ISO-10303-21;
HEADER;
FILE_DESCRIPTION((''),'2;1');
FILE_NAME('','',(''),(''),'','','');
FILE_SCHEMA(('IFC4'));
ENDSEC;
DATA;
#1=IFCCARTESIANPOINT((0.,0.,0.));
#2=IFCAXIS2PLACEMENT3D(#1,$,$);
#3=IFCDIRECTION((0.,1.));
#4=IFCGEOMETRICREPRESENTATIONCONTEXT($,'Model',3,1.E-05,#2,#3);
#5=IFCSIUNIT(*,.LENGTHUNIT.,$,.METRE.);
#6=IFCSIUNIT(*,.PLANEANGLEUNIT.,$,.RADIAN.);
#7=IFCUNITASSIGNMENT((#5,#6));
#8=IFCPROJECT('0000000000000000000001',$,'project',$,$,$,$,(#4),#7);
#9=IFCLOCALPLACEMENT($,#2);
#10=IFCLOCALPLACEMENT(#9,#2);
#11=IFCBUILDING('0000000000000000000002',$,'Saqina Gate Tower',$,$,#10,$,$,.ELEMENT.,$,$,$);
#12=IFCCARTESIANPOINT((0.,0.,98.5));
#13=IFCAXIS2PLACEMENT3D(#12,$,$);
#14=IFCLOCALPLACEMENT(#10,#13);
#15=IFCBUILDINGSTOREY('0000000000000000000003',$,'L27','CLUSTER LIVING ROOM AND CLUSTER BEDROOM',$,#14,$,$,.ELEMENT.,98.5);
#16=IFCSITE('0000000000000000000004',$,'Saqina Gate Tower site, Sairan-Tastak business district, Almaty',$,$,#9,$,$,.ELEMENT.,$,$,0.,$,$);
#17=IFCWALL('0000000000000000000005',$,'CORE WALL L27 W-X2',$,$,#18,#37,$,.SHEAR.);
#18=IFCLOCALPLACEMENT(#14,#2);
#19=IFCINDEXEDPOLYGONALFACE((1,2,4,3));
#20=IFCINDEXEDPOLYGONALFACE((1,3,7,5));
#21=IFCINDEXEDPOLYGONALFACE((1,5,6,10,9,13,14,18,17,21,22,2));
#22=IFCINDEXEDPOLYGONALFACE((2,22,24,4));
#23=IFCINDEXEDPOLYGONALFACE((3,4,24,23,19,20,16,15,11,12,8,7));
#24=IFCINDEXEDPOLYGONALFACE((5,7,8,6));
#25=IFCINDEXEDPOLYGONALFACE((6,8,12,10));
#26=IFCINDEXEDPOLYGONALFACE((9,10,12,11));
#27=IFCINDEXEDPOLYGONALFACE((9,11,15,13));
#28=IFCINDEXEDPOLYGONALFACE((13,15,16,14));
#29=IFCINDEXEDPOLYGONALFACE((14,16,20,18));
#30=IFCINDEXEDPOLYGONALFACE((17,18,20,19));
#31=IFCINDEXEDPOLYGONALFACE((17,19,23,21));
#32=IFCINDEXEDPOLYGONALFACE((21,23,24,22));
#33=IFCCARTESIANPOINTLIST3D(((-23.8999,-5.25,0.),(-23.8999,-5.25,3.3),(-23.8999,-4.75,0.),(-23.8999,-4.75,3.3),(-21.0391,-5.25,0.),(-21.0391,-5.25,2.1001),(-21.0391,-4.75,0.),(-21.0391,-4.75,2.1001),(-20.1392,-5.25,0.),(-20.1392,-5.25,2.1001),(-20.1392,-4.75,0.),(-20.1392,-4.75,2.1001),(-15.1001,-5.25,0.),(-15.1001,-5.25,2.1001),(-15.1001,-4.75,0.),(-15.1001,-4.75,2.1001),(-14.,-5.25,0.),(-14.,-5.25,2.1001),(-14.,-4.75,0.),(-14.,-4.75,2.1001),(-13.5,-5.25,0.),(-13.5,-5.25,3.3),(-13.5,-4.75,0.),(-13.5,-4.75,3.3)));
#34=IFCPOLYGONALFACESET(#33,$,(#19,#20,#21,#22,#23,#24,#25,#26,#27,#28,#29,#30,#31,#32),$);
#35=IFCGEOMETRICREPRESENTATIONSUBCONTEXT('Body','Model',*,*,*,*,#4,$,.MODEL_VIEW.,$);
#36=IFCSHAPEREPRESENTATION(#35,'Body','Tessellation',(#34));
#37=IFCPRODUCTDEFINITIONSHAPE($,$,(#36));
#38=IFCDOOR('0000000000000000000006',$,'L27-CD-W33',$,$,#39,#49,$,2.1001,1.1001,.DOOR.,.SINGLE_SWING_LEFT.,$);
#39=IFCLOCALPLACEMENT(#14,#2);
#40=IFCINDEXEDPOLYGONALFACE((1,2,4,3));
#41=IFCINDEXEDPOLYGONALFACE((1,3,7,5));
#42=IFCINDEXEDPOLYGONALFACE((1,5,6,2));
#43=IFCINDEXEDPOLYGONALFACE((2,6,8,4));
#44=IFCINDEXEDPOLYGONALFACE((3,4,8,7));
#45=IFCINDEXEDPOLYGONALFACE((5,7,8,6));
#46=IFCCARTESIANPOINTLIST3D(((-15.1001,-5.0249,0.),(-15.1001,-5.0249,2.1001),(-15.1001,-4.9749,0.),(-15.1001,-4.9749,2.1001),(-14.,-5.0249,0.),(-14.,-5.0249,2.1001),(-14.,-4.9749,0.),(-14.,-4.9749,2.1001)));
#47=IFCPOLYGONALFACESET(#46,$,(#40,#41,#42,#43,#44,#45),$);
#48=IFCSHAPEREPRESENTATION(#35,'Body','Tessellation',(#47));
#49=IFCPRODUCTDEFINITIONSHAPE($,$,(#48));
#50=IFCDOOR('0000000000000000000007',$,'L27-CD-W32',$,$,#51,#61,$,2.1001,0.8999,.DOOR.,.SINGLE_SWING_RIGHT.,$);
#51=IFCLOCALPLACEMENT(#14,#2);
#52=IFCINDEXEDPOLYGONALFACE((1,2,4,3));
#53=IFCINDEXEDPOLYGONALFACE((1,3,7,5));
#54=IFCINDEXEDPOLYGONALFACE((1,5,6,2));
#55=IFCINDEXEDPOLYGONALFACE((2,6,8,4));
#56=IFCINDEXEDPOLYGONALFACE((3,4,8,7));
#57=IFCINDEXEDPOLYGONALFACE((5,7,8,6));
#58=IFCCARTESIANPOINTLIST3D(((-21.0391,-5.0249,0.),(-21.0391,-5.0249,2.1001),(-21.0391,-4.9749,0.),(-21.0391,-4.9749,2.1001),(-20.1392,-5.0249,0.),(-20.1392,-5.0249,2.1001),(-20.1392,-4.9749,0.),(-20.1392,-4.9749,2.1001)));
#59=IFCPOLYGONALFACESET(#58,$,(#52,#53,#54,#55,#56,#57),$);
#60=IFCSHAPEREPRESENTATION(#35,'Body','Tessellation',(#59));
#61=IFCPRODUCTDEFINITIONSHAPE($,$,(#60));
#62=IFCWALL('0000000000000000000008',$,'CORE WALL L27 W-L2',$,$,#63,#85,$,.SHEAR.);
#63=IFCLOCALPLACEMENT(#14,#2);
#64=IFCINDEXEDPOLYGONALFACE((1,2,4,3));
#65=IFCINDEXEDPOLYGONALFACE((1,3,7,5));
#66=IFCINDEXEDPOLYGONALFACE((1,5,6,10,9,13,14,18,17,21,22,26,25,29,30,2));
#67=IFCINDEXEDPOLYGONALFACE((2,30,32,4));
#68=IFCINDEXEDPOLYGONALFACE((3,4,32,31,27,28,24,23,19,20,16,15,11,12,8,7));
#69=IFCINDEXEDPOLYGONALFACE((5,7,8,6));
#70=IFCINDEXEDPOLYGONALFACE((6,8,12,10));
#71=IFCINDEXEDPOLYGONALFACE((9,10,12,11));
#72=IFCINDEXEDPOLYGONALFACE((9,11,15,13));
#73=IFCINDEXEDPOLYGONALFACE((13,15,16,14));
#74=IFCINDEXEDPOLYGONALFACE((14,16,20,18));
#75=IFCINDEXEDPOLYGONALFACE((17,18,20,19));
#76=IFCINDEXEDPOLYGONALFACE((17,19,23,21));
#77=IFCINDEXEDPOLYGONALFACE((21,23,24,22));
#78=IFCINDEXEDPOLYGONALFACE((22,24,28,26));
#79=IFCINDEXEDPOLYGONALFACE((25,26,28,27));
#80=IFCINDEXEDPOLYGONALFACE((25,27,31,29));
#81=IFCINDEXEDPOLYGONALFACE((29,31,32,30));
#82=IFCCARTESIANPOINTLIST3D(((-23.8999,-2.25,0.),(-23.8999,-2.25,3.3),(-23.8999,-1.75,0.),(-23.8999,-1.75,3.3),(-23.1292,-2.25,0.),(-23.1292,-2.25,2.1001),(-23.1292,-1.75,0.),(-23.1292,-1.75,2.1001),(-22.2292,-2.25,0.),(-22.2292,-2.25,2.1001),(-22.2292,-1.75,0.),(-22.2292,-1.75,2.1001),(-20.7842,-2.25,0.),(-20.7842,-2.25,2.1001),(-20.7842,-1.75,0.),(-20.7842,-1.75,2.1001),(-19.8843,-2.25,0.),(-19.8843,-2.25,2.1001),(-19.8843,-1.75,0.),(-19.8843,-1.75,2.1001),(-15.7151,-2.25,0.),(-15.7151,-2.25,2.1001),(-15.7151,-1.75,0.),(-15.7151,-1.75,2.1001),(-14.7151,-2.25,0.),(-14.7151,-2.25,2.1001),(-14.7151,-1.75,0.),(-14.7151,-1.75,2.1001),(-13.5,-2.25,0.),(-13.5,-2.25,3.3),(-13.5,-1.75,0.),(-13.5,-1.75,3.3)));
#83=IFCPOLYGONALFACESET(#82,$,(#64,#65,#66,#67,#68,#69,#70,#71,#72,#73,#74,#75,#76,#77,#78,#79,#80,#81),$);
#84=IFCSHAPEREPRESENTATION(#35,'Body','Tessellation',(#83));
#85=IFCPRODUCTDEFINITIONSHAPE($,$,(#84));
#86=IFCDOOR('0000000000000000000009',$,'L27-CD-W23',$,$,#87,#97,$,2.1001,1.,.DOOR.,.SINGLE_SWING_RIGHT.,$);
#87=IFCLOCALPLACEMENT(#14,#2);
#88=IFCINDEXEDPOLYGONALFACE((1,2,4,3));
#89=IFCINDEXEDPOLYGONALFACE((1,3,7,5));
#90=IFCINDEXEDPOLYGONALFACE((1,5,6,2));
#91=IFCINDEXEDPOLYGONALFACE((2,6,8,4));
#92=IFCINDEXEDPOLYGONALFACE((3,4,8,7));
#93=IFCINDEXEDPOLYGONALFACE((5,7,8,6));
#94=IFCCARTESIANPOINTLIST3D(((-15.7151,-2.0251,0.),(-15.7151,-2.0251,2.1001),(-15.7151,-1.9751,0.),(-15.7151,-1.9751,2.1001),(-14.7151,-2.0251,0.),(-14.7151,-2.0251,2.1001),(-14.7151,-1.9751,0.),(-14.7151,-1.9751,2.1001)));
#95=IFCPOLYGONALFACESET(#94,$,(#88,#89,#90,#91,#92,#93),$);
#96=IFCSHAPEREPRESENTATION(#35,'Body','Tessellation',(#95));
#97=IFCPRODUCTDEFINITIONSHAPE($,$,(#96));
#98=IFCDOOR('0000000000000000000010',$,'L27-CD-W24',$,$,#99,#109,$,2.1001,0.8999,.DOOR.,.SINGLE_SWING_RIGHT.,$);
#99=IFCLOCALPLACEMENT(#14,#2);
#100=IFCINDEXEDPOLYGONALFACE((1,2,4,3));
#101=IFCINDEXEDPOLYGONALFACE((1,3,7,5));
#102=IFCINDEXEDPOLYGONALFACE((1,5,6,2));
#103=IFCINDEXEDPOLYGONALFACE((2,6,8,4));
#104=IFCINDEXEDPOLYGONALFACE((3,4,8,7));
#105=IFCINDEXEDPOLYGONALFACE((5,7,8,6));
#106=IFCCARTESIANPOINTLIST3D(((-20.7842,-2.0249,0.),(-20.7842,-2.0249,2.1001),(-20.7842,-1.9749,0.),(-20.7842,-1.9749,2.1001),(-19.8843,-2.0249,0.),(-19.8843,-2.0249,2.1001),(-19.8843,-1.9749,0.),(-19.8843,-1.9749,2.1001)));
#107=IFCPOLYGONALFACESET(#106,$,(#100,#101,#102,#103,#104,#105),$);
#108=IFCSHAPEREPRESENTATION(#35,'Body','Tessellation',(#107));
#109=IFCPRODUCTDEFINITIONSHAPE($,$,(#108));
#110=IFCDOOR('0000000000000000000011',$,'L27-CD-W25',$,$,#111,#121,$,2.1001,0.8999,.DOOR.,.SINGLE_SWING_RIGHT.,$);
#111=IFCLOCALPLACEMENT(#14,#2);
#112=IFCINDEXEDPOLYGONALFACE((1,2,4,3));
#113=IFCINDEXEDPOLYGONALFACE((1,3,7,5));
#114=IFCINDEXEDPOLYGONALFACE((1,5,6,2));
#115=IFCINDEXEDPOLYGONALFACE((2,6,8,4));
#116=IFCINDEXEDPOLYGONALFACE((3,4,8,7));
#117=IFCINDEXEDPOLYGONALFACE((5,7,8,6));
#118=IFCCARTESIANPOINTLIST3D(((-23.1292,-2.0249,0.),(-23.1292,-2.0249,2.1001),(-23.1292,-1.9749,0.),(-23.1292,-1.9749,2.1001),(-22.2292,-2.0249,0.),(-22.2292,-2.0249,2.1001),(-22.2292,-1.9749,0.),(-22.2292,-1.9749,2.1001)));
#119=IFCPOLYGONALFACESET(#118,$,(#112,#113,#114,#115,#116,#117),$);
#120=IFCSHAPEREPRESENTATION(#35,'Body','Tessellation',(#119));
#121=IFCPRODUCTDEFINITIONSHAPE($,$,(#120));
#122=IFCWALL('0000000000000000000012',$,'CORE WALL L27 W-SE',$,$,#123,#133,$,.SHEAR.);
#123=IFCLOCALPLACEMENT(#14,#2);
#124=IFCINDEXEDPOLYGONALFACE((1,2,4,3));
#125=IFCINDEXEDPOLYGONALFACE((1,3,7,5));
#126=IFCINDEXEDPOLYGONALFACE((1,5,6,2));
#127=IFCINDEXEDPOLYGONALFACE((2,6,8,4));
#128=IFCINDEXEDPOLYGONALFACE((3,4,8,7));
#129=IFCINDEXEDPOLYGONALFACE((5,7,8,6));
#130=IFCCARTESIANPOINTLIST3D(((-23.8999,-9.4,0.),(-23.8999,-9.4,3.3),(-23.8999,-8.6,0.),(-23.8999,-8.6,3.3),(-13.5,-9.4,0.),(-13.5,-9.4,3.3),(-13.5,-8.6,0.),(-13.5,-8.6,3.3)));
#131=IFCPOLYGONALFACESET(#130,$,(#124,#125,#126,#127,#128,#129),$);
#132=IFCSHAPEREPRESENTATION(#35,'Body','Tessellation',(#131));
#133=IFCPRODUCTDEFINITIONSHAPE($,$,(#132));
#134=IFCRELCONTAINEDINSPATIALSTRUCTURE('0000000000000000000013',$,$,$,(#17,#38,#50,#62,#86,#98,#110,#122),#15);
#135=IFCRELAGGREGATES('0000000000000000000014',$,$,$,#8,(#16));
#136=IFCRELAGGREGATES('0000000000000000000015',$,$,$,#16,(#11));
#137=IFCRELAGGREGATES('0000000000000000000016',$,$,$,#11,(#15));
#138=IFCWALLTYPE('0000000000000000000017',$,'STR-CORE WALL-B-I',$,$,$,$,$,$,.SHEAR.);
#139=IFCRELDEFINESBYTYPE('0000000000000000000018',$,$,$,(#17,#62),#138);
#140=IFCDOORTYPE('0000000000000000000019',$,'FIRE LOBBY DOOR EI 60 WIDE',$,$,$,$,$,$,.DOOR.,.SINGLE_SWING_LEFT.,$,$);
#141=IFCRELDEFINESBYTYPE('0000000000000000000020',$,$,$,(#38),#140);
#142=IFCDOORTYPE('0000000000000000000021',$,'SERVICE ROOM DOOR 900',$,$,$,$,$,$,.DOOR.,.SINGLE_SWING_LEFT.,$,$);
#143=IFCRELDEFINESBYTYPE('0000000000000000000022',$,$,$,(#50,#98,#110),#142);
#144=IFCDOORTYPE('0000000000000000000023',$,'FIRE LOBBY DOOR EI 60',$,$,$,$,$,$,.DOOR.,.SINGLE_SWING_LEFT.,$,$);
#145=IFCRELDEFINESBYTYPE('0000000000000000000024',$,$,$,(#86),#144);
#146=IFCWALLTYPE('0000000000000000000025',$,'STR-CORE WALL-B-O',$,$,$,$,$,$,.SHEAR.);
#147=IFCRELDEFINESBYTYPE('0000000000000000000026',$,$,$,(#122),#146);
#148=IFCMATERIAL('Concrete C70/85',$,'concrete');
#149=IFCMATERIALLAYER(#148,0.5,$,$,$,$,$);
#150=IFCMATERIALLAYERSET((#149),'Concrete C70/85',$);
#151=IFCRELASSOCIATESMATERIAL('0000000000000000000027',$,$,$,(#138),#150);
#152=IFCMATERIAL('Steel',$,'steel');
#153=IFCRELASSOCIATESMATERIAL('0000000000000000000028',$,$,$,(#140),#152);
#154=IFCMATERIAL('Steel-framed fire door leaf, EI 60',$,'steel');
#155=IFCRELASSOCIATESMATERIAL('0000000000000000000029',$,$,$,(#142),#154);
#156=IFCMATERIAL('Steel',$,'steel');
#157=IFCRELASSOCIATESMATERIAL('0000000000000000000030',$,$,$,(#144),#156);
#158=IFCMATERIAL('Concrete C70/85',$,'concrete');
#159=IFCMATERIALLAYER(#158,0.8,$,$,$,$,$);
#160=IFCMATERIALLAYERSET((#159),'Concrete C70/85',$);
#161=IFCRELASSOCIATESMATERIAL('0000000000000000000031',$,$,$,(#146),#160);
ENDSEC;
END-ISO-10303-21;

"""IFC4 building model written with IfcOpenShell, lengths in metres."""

from ifc_helpers import new_model, si_unit, direction, frame, frame_2d, origin, place, context, subcontext, project, spatial, rectangle, extrude, material, layer, layer_set, type_object, element, fill, save


model = new_model("IFC4")

# Units and contexts
model_context = context("Model", 3, precision=1e-05, world=origin(), true_north=direction((0.0, 1.0)))
body_context = subcontext(model_context, "Body", "Model", "MODEL_VIEW")
ifc_project = project(units=[si_unit("LENGTHUNIT", "METRE"), si_unit("PLANEANGLEUNIT", "RADIAN")], contexts=[model_context])

# Site, building, storey
site_placement = place(None, origin())
site = spatial("IfcSite", under=ifc_project, at=site_placement, Name="Saqina Gate Tower site, Sairan-Tastak business district, Almaty", CompositionType="ELEMENT", RefElevation=0.0)
building_placement = place(site_placement, origin())
building = spatial("IfcBuilding", under=site, at=building_placement, Name="Saqina Gate Tower", CompositionType="ELEMENT")
storey_placement = place(building_placement, frame((0.0, 0.0, 98.5)))
storey = spatial("IfcBuildingStorey", under=building, at=storey_placement, Name="L27", Description="CLUSTER LIVING ROOM AND CLUSTER BEDROOM", CompositionType="ELEMENT", Elevation=98.5)

# Walls, openings, doors
ifc_material_1 = material(Name="Concrete C70/85", Category="concrete")
ifc_layer_1 = layer(ifc_material_1, 0.5)
ifc_layer_set_1 = layer_set([ifc_layer_1], Name="Concrete C70/85")
wall_type_1 = type_object("IfcWallType", Name="STR-CORE WALL-B-I", PredefinedType="SHEAR", material=ifc_layer_set_1)
wall_1_placement = place(storey_placement, frame((-13.5, -5.0, 0.0), z_axis=(0.0, 0.0, 1.0), x_axis=(-1.0, 0.0, 0.0)))
wall_1 = element("IfcWall", 1, at=wall_1_placement, inside=storey, type_object=wall_type_1, Name="CORE WALL L27 W-X2", PredefinedType="SHEAR", context=body_context, shape_type="SweptSolid", body=[
    extrude(rectangle(XDim=10.3999, YDim=0.5, at=frame_2d((5.2, 0.0))), origin(), (0.0, 0.0, 1.0), 3.3),
])
opening_1_placement = place(wall_1_placement, frame((6.6392, 0.0, 0.0)))
opening_1 = element("IfcOpeningElement", 2, at=opening_1_placement, cuts=wall_1, PredefinedType="OPENING", context=body_context, shape_type="SweptSolid", body=[
    extrude(rectangle(XDim=0.8999, YDim=2.1001, at=frame_2d((0.45, 1.05))), frame((0.0, 0.262, 0.0), z_axis=(0.0, -1.0, 0.0), x_axis=(1.0, 0.0, 0.0)), (0.0, 0.0, 1.0), 0.5239),
])
opening_2_placement = place(wall_1_placement, frame((0.5, 0.0, 0.0)))
opening_2 = element("IfcOpeningElement", 3, at=opening_2_placement, cuts=wall_1, PredefinedType="OPENING", context=body_context, shape_type="SweptSolid", body=[
    extrude(rectangle(XDim=1.1001, YDim=2.1001, at=frame_2d((0.55, 1.05))), frame((0.0, 0.262, 0.0), z_axis=(0.0, -1.0, 0.0), x_axis=(1.0, 0.0, 0.0)), (0.0, 0.0, 1.0), 0.5239),
])
ifc_material_2 = material(Name="Steel", Category="steel")
door_type_1 = type_object("IfcDoorType", Name="FIRE LOBBY DOOR EI 60 WIDE", OperationType="SINGLE_SWING_LEFT", PredefinedType="DOOR", material=ifc_material_2)
door_1_placement = place(opening_2_placement, origin())
door_1 = element("IfcDoor", 4, at=door_1_placement, inside=storey, type_object=door_type_1, Name="L27-CD-W33", OperationType="SINGLE_SWING_LEFT", OverallHeight=2.1001, OverallWidth=1.1001, PredefinedType="DOOR", context=body_context, shape_type="SweptSolid", body=[
    extrude(rectangle(XDim=1.1001, YDim=2.1001, at=frame_2d((0.55, 1.05))), frame((0.0, 0.0249, 0.0), z_axis=(0.0, -1.0, 0.0), x_axis=(1.0, 0.0, 0.0)), (0.0, 0.0, 1.0), 0.05),
])
fill(opening_2, door_1)
ifc_material_3 = material(Name="Steel-framed fire door leaf, EI 60", Category="steel")
door_type_2 = type_object("IfcDoorType", Name="SERVICE ROOM DOOR 900", OperationType="SINGLE_SWING_LEFT", PredefinedType="DOOR", material=ifc_material_3)
door_2_placement = place(opening_1_placement, origin())
door_2 = element("IfcDoor", 5, at=door_2_placement, inside=storey, type_object=door_type_2, Name="L27-CD-W32", OperationType="SINGLE_SWING_RIGHT", OverallHeight=2.1001, OverallWidth=0.8999, PredefinedType="DOOR", context=body_context, shape_type="SweptSolid", body=[
    extrude(rectangle(XDim=0.8999, YDim=2.1001, at=frame_2d((0.45, 1.05))), frame((0.0, 0.0249, 0.0), z_axis=(0.0, -1.0, 0.0), x_axis=(1.0, 0.0, 0.0)), (0.0, 0.0, 1.0), 0.05),
])
fill(opening_1, door_2)
wall_2_placement = place(storey_placement, frame((-13.5, -2.0, 0.0), z_axis=(0.0, 0.0, 1.0), x_axis=(-1.0, 0.0, 0.0)))
wall_2 = element("IfcWall", 6, at=wall_2_placement, inside=storey, type_object=wall_type_1, Name="CORE WALL L27 W-L2", PredefinedType="SHEAR", context=body_context, shape_type="SweptSolid", body=[
    extrude(rectangle(XDim=10.3999, YDim=0.5, at=frame_2d((5.2, 0.0))), origin(), (0.0, 0.0, 1.0), 3.3),
])
opening_3_placement = place(wall_2_placement, frame((1.2151, 0.0, 0.0)))
opening_3 = element("IfcOpeningElement", 7, at=opening_3_placement, cuts=wall_2, PredefinedType="OPENING", context=body_context, shape_type="SweptSolid", body=[
    extrude(rectangle(XDim=1.0, YDim=2.1001, at=frame_2d((0.5, 1.05))), frame((0.0, 0.262, 0.0), z_axis=(0.0, -1.0, 0.0), x_axis=(1.0, 0.0, 0.0)), (0.0, 0.0, 1.0), 0.5239),
])
opening_4_placement = place(wall_2_placement, frame((6.3843, 0.0, 0.0)))
opening_4 = element("IfcOpeningElement", 8, at=opening_4_placement, cuts=wall_2, PredefinedType="OPENING", context=body_context, shape_type="SweptSolid", body=[
    extrude(rectangle(XDim=0.8999, YDim=2.1001, at=frame_2d((0.45, 1.05))), frame((0.0, 0.262, 0.0), z_axis=(0.0, -1.0, 0.0), x_axis=(1.0, 0.0, 0.0)), (0.0, 0.0, 1.0), 0.5239),
])
opening_5_placement = place(wall_2_placement, frame((8.7292, 0.0, 0.0)))
opening_5 = element("IfcOpeningElement", 9, at=opening_5_placement, cuts=wall_2, PredefinedType="OPENING", context=body_context, shape_type="SweptSolid", body=[
    extrude(rectangle(XDim=0.8999, YDim=2.1001, at=frame_2d((0.45, 1.05))), frame((0.0, 0.262, 0.0), z_axis=(0.0, -1.0, 0.0), x_axis=(1.0, 0.0, 0.0)), (0.0, 0.0, 1.0), 0.5239),
])
ifc_material_4 = material(Name="Steel", Category="steel")
door_type_3 = type_object("IfcDoorType", Name="FIRE LOBBY DOOR EI 60", OperationType="SINGLE_SWING_LEFT", PredefinedType="DOOR", material=ifc_material_4)
door_3_placement = place(opening_3_placement, frame((1.0, 0.0, 0.0), z_axis=(0.0, 0.0, 1.0), x_axis=(-1.0, 0.0, 0.0)))
door_3 = element("IfcDoor", 10, at=door_3_placement, inside=storey, type_object=door_type_3, Name="L27-CD-W23", OperationType="SINGLE_SWING_RIGHT", OverallHeight=2.1001, OverallWidth=1.0, PredefinedType="DOOR", context=body_context, shape_type="SweptSolid", body=[
    extrude(rectangle(XDim=1.0, YDim=2.1001, at=frame_2d((0.5, 1.05))), frame((0.0, 0.0249, 0.0), z_axis=(0.0, -1.0, 0.0), x_axis=(1.0, 0.0, 0.0)), (0.0, 0.0, 1.0), 0.05),
])
fill(opening_3, door_3)
door_4_placement = place(opening_4_placement, origin())
door_4 = element("IfcDoor", 11, at=door_4_placement, inside=storey, type_object=door_type_2, Name="L27-CD-W24", OperationType="SINGLE_SWING_RIGHT", OverallHeight=2.1001, OverallWidth=0.8999, PredefinedType="DOOR", context=body_context, shape_type="SweptSolid", body=[
    extrude(rectangle(XDim=0.8999, YDim=2.1001, at=frame_2d((0.45, 1.05))), frame((0.0, 0.0249, 0.0), z_axis=(0.0, -1.0, 0.0), x_axis=(1.0, 0.0, 0.0)), (0.0, 0.0, 1.0), 0.05),
])
fill(opening_4, door_4)
door_5_placement = place(opening_5_placement, origin())
door_5 = element("IfcDoor", 12, at=door_5_placement, inside=storey, type_object=door_type_2, Name="L27-CD-W25", OperationType="SINGLE_SWING_RIGHT", OverallHeight=2.1001, OverallWidth=0.8999, PredefinedType="DOOR", context=body_context, shape_type="SweptSolid", body=[
    extrude(rectangle(XDim=0.8999, YDim=2.1001, at=frame_2d((0.45, 1.05))), frame((0.0, 0.0249, 0.0), z_axis=(0.0, -1.0, 0.0), x_axis=(1.0, 0.0, 0.0)), (0.0, 0.0, 1.0), 0.05),
])
fill(opening_5, door_5)

# Wall
ifc_material_5 = material(Name="Concrete C70/85", Category="concrete")
ifc_layer_2 = layer(ifc_material_5, 0.8)
ifc_layer_set_2 = layer_set([ifc_layer_2], Name="Concrete C70/85")
wall_type_2 = type_object("IfcWallType", Name="STR-CORE WALL-B-O", PredefinedType="SHEAR", material=ifc_layer_set_2)
wall_3_placement = place(storey_placement, frame((-13.5, -9.0, 0.0), z_axis=(0.0, 0.0, 1.0), x_axis=(-1.0, 0.0, 0.0)))
element("IfcWall", 13, at=wall_3_placement, inside=storey, type_object=wall_type_2, Name="CORE WALL L27 W-SE", PredefinedType="SHEAR", context=body_context, shape_type="SweptSolid", body=[
    extrude(rectangle(XDim=10.3999, YDim=0.8, at=frame_2d((5.2, 0.0))), origin(), (0.0, 0.0, 1.0), 3.3),
])

save(model, "model.ifc")
